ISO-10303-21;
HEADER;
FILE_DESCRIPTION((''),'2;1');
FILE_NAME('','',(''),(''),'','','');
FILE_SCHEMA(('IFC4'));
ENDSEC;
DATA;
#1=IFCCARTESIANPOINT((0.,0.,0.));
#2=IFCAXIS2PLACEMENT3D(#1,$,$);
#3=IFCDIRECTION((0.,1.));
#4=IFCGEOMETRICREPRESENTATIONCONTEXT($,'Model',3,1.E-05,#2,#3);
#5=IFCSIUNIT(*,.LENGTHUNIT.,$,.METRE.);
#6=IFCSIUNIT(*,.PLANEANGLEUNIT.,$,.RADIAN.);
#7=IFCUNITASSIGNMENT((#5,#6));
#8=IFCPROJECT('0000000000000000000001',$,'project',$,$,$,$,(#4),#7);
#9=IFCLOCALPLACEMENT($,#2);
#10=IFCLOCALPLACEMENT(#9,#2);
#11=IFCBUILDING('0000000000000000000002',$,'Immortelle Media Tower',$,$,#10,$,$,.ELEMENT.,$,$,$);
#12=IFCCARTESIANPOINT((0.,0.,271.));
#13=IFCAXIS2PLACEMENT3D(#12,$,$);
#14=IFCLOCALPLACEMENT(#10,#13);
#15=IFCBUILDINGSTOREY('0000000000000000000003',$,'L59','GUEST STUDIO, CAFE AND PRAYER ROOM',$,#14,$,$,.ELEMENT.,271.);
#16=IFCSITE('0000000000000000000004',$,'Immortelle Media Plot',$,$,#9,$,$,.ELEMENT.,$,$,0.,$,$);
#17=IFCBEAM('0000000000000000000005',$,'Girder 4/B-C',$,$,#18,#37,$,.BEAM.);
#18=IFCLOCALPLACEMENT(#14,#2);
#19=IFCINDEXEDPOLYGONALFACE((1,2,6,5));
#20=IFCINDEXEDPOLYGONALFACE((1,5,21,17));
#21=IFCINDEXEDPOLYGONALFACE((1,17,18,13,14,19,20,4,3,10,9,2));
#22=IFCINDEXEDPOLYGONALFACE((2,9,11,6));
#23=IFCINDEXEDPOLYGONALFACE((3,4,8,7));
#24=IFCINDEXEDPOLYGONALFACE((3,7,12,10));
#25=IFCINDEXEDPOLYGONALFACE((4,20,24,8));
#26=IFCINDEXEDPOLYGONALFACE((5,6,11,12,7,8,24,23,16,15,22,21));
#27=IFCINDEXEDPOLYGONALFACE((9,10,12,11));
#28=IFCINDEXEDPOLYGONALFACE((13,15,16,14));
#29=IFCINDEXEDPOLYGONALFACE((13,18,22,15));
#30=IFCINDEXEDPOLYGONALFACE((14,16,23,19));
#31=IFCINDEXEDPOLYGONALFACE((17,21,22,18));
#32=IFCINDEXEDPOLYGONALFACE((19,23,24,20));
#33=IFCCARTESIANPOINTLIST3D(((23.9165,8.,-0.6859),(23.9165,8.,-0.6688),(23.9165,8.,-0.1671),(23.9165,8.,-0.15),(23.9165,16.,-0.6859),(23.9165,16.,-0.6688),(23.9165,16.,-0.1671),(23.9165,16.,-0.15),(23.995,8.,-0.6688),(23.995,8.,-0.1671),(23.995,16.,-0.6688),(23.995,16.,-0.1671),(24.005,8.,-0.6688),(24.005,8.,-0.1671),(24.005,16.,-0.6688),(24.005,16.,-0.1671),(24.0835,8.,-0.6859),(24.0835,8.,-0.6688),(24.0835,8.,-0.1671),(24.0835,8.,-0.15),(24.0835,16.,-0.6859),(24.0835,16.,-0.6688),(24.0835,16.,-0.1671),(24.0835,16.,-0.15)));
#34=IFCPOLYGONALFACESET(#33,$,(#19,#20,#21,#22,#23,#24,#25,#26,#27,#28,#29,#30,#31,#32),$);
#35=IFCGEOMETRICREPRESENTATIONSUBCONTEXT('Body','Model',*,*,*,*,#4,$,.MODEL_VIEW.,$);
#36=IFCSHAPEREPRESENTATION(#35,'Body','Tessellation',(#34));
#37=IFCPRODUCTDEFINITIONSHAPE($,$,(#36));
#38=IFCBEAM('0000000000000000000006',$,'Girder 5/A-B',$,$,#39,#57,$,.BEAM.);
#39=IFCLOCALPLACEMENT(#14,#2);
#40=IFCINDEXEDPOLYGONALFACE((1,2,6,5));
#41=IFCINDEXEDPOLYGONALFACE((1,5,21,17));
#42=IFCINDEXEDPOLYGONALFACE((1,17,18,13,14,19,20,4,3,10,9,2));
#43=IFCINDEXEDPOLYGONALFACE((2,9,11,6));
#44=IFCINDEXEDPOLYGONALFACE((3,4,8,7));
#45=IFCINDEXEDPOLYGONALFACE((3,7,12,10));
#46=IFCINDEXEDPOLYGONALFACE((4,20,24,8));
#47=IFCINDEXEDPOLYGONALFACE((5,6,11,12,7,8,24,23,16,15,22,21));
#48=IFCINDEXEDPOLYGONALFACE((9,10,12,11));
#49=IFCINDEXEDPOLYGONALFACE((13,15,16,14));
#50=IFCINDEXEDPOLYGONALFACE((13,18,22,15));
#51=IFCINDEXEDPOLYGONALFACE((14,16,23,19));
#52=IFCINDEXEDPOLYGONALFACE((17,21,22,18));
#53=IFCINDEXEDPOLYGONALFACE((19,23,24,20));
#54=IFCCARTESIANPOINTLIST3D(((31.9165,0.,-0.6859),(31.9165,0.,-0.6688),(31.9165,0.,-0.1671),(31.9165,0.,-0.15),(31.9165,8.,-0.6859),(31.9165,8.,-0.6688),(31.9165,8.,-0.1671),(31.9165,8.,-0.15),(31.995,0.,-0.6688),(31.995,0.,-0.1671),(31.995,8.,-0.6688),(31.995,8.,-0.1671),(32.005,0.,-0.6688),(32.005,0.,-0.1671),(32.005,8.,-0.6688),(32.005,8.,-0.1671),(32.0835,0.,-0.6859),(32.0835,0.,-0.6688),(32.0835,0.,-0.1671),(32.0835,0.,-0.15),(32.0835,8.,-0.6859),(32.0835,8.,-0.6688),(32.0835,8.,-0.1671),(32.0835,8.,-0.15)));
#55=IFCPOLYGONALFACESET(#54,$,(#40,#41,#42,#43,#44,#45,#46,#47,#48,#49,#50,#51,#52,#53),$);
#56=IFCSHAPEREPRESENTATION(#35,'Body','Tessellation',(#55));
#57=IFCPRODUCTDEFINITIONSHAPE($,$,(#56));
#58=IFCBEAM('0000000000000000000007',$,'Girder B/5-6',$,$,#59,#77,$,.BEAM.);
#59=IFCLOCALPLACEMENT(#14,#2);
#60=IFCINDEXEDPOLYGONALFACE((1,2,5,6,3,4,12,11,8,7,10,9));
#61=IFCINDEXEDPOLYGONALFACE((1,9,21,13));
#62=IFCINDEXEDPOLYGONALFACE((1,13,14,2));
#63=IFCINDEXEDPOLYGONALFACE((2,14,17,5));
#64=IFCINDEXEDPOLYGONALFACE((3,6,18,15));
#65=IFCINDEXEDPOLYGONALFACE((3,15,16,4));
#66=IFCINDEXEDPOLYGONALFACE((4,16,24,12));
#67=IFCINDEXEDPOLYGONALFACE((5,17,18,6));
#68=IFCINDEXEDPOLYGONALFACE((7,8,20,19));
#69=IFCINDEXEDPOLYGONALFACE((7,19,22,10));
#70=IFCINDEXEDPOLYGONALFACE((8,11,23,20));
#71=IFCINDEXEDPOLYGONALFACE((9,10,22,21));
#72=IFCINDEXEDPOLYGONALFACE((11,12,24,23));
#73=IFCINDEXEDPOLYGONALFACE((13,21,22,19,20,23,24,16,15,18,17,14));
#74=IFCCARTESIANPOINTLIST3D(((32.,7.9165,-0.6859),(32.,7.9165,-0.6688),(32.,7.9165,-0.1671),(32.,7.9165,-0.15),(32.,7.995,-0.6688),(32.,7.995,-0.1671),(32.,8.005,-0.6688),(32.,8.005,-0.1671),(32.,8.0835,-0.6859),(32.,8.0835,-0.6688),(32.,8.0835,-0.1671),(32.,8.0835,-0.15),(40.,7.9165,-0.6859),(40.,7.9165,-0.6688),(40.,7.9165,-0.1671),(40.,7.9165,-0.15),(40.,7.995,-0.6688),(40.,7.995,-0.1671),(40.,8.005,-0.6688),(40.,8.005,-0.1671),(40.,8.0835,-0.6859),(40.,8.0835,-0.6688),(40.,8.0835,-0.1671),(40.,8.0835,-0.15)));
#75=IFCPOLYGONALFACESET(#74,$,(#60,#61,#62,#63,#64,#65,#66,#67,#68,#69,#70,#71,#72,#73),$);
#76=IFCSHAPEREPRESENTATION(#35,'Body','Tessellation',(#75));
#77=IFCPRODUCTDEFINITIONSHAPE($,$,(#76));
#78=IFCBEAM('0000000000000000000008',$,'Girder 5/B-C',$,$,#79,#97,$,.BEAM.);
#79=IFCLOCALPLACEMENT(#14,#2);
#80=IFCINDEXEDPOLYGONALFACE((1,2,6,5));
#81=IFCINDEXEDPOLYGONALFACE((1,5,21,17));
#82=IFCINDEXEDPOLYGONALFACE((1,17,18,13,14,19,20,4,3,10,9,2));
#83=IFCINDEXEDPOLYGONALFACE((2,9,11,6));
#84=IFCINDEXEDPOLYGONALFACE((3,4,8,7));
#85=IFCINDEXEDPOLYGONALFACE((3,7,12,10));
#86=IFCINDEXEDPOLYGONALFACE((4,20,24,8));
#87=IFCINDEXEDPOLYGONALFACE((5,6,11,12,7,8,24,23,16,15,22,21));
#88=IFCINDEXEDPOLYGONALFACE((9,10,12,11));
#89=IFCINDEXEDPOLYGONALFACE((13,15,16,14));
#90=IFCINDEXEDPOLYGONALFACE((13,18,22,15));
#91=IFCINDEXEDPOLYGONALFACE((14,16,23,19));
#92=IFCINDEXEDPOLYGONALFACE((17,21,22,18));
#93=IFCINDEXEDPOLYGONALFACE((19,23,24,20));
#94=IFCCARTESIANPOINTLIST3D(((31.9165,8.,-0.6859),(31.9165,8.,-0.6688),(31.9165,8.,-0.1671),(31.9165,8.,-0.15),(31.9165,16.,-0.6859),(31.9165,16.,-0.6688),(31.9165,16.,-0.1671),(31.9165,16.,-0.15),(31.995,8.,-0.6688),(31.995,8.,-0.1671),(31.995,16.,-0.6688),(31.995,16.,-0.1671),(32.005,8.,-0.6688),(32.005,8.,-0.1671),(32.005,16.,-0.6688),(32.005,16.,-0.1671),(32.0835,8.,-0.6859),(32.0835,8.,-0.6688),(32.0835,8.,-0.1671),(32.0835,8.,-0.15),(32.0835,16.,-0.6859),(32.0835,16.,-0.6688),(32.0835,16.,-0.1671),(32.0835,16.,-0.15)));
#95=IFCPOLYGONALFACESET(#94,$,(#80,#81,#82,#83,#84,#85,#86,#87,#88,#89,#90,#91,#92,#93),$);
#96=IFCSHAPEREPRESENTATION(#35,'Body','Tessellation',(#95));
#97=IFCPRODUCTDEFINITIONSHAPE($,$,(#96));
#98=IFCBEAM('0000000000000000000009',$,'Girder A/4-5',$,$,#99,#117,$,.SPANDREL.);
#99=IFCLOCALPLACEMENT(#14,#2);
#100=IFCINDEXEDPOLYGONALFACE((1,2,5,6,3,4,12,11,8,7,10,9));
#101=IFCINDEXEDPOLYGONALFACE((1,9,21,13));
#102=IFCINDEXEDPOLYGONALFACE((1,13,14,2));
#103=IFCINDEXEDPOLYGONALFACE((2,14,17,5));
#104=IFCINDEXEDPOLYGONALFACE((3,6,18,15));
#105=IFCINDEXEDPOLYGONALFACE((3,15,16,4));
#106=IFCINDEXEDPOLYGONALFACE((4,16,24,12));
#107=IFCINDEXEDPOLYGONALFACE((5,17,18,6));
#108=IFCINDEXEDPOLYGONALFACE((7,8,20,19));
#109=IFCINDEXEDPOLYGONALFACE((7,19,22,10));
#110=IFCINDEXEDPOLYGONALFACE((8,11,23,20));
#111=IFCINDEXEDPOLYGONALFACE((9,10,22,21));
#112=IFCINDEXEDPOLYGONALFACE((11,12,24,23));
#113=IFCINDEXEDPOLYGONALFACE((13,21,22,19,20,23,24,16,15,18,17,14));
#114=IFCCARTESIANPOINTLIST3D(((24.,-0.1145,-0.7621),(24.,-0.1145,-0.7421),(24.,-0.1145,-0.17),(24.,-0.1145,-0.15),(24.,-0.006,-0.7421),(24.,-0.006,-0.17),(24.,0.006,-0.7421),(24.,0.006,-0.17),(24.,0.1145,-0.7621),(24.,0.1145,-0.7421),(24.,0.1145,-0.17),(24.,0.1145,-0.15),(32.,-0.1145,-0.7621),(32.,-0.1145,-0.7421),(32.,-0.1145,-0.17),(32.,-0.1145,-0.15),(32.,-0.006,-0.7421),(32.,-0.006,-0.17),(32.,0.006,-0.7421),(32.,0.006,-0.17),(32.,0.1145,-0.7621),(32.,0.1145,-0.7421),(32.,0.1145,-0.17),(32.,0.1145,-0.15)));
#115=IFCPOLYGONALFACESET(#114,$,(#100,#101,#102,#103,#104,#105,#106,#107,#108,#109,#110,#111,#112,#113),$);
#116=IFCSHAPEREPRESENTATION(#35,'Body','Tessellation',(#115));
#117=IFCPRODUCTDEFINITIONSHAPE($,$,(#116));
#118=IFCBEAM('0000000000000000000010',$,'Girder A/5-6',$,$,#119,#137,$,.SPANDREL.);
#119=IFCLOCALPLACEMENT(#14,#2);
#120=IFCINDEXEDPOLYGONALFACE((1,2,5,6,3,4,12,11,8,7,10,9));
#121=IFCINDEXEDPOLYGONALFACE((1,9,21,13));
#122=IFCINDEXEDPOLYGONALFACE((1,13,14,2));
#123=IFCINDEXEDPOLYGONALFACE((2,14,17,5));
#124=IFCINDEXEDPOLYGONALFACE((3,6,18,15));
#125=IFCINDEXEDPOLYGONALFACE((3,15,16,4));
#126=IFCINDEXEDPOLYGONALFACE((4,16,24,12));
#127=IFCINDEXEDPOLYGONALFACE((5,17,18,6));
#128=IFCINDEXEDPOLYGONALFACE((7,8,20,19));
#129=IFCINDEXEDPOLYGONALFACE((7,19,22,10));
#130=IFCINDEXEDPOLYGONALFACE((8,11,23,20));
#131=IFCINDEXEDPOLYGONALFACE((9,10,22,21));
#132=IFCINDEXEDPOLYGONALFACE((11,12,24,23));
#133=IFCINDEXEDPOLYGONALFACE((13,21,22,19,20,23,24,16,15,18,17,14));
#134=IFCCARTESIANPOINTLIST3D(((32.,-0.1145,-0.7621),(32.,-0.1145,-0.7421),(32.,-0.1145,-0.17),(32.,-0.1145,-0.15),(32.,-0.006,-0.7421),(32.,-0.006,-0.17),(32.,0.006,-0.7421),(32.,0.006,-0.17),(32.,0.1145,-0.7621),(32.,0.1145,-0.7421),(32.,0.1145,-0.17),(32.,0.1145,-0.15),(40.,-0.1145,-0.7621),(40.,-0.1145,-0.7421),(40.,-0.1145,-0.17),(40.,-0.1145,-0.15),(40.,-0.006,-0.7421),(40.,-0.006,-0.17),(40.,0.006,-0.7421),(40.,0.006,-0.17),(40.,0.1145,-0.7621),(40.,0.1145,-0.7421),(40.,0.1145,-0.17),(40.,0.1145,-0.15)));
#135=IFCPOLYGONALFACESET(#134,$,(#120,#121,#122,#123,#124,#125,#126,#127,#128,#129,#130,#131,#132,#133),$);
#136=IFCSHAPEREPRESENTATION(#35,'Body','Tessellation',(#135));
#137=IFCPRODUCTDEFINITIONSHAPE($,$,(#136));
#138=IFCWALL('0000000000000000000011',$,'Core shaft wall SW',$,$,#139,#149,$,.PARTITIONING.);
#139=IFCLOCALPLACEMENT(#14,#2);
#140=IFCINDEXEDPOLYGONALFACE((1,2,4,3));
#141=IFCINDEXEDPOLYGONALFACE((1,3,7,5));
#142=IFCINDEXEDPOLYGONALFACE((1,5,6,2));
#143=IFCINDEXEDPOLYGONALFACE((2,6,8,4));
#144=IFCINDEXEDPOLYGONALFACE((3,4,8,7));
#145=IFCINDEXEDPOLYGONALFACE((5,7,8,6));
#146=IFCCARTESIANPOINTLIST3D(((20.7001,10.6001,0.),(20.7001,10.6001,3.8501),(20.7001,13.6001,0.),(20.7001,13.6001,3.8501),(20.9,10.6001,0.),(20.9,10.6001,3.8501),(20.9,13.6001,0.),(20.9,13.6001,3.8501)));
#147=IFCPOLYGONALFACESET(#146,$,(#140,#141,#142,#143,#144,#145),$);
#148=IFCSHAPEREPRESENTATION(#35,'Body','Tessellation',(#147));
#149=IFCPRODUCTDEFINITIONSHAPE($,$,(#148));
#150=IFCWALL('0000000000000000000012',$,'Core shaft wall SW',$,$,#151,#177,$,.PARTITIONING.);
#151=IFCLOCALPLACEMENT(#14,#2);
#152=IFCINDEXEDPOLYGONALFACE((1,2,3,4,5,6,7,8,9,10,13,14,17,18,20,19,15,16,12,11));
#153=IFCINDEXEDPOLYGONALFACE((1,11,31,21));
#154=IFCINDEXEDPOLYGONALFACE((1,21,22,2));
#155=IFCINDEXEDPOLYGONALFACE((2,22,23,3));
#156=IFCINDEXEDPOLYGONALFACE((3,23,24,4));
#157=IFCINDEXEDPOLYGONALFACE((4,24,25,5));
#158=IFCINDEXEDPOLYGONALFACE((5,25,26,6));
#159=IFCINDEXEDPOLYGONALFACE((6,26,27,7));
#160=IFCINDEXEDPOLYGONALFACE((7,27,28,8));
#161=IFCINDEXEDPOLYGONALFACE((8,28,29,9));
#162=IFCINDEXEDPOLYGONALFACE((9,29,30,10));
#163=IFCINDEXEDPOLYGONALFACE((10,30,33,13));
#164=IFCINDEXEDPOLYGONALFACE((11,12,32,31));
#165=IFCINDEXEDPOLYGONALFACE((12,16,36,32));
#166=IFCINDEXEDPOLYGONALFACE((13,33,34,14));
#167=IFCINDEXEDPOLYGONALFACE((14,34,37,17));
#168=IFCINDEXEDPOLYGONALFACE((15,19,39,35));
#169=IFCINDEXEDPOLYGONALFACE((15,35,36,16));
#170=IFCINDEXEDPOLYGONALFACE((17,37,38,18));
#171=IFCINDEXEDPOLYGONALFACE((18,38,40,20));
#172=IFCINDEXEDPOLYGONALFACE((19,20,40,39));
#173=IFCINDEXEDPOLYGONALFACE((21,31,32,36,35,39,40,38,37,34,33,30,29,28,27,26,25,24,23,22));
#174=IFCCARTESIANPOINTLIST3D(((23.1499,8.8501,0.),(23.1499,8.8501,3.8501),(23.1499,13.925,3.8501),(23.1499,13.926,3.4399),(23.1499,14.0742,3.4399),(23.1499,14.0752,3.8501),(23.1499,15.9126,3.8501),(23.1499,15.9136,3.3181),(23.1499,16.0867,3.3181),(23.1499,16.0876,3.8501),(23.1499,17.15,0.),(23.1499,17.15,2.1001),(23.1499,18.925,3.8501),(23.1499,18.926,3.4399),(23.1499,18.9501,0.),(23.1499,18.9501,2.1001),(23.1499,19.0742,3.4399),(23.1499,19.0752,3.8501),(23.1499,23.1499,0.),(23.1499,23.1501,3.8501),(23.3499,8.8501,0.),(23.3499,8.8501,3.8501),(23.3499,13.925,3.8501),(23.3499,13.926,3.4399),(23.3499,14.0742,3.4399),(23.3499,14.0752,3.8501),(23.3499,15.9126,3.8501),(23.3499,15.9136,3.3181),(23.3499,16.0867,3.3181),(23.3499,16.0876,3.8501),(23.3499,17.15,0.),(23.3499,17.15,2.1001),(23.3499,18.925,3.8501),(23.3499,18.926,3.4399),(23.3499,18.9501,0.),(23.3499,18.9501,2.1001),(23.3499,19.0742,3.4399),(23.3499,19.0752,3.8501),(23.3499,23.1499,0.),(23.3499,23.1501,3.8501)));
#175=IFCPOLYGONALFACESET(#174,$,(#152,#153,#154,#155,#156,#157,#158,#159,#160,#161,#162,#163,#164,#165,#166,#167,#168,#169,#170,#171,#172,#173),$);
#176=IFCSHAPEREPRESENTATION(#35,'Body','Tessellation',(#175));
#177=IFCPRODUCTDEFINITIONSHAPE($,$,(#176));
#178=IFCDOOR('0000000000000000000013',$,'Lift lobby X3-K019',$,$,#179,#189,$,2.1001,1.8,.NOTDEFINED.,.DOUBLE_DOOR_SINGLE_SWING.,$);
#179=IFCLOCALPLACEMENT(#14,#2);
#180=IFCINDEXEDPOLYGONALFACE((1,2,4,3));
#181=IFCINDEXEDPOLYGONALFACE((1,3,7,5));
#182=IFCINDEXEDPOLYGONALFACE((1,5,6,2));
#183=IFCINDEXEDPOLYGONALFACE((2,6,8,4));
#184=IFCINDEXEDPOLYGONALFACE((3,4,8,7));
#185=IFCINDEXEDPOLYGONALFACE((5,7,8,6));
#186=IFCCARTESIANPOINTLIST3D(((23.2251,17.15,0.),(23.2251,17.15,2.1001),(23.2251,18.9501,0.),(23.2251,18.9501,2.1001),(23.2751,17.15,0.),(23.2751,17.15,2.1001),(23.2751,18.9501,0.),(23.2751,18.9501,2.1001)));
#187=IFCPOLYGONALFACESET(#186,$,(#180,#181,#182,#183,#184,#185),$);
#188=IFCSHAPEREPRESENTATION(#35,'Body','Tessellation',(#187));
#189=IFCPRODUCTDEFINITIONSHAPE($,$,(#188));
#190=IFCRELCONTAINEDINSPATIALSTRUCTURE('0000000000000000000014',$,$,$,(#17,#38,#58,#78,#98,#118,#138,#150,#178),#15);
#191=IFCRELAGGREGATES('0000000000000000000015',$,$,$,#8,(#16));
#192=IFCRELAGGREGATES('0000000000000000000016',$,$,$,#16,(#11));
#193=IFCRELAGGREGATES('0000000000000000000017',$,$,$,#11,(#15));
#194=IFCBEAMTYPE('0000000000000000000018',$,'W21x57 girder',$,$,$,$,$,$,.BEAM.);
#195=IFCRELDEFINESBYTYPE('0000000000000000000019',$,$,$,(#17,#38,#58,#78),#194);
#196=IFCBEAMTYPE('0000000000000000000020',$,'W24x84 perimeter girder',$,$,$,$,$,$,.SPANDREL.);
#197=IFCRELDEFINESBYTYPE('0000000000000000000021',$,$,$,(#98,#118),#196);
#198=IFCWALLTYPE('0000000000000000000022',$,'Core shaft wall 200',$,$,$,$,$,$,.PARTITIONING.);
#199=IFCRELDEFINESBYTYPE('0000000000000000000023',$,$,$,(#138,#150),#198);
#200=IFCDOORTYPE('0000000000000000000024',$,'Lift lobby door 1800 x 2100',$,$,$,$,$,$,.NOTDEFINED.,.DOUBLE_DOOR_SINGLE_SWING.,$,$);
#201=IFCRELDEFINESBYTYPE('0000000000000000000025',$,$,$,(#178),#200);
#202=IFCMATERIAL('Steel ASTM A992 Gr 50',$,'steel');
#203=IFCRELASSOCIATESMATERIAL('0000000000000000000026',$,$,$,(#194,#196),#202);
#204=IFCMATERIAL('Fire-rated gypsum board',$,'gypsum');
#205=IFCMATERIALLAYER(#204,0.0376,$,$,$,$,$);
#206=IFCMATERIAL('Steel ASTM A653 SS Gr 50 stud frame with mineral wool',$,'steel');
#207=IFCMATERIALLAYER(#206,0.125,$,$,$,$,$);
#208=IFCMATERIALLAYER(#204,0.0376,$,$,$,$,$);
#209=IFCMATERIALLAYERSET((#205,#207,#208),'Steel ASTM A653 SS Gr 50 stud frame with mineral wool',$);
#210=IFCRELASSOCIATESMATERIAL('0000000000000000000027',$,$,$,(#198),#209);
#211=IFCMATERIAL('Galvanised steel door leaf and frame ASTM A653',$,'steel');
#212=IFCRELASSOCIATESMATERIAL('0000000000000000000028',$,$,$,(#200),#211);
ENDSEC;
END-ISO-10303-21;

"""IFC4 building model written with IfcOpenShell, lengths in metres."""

from ifc_helpers import new_model, si_unit, direction, frame, frame_2d, origin, origin_2d, place, context, subcontext, project, spatial, polyline, rectangle, i_section, outline, extrude, material, layer, layer_set, material_profile, profile_set, type_object, element, fill, save


model = new_model("IFC4")

# Units and contexts
model_context = context("Model", 3, precision=1e-05, world=origin(), true_north=direction((0.0, 1.0)))
body_context = subcontext(model_context, "Body", "Model", "MODEL_VIEW")
ifc_project = project(units=[si_unit("LENGTHUNIT", "METRE"), si_unit("PLANEANGLEUNIT", "RADIAN")], contexts=[model_context])

# Site, building, storey
site_placement = place(None, origin())
site = spatial("IfcSite", under=ifc_project, at=site_placement, Name="Immortelle Media Plot", CompositionType="ELEMENT", RefElevation=0.0)
building_placement = place(site_placement, origin())
building = spatial("IfcBuilding", under=site, at=building_placement, Name="Immortelle Media Tower", CompositionType="ELEMENT")
storey_placement = place(building_placement, frame((0.0, 0.0, 271.0)))
storey = spatial("IfcBuildingStorey", under=building, at=storey_placement, Name="L59", Description="GUEST STUDIO, CAFE AND PRAYER ROOM", CompositionType="ELEMENT", Elevation=271.0)

# Shared definitions
ifc_material_1 = material(Name="Steel ASTM A992 Gr 50", Category="steel")

# Beams
ifc_material_profile_1 = material_profile(ifc_material_1, i_section(OverallWidth=0.167, OverallDepth=0.5359, WebThickness=0.01, FlangeThickness=0.0171, at=origin_2d()), Name="W21x57")
ifc_profile_set_1 = profile_set([ifc_material_profile_1], Name="Steel ASTM A992 Gr 50")
beam_type_1 = type_object("IfcBeamType", Name="W21x57 girder", PredefinedType="BEAM", material=ifc_profile_set_1)
for number, where, z_axis, x_axis, name in (
    (1, (24.0, 8.0, -0.418), (0.0, 1.0, 0.0), (-1.0, 0.0, 0.0), "Girder 4/B-C"),
    (2, (32.0, 0.0, -0.418), (0.0, 1.0, 0.0), (-1.0, 0.0, 0.0), "Girder 5/A-B"),
    (3, (32.0, 8.0, -0.418), (1.0, 0.0, 0.0), (0.0, 1.0, 0.0), "Girder B/5-6"),
    (4, (32.0, 8.0, -0.418), (0.0, 1.0, 0.0), (-1.0, 0.0, 0.0), "Girder 5/B-C"),
):
    element("IfcBeam", number, at=place(storey_placement, frame(where, z_axis=z_axis, x_axis=x_axis)), inside=storey, type_object=beam_type_1, Name=name, PredefinedType="BEAM", context=body_context, shape_type="SweptSolid", body=[
        extrude(i_section(OverallWidth=0.167, OverallDepth=0.5359, WebThickness=0.01, FlangeThickness=0.0171, at=origin_2d()), origin(), (0.0, 0.0, 1.0), 8.0),
    ])
ifc_material_profile_2 = material_profile(ifc_material_1, i_section(OverallWidth=0.229, OverallDepth=0.6121, WebThickness=0.012, FlangeThickness=0.02, at=origin_2d()), Name="W24x84")
ifc_profile_set_2 = profile_set([ifc_material_profile_2], Name="Steel ASTM A992 Gr 50")
beam_type_2 = type_object("IfcBeamType", Name="W24x84 perimeter girder", PredefinedType="SPANDREL", material=ifc_profile_set_2)
for number, where, z_axis, x_axis, name in (
    (5, (24.0, 0.0, -0.4561), (1.0, 0.0, 0.0), (0.0, 1.0, 0.0), "Girder A/4-5"),
    (6, (32.0, 0.0, -0.4561), (1.0, 0.0, 0.0), (0.0, 1.0, 0.0), "Girder A/5-6"),
):
    element("IfcBeam", number, at=place(storey_placement, frame(where, z_axis=z_axis, x_axis=x_axis)), inside=storey, type_object=beam_type_2, Name=name, PredefinedType="SPANDREL", context=body_context, shape_type="SweptSolid", body=[
        extrude(i_section(OverallWidth=0.229, OverallDepth=0.6121, WebThickness=0.012, FlangeThickness=0.02, at=origin_2d()), origin(), (0.0, 0.0, 1.0), 8.0),
    ])

# Wall
ifc_material_2 = material(Name="Fire-rated gypsum board", Category="gypsum")
ifc_layer_1 = layer(ifc_material_2, 0.0376)
ifc_material_3 = material(Name="Steel ASTM A653 SS Gr 50 stud frame with mineral wool", Category="steel")
ifc_layer_2 = layer(ifc_material_3, 0.125)
ifc_layer_3 = layer(ifc_material_2, 0.0376)
ifc_layer_set_1 = layer_set([ifc_layer_1, ifc_layer_2, ifc_layer_3], Name="Steel ASTM A653 SS Gr 50 stud frame with mineral wool")
wall_type_1 = type_object("IfcWallType", Name="Core shaft wall 200", PredefinedType="PARTITIONING", material=ifc_layer_set_1)
wall_1_placement = place(storey_placement, frame((20.8, 10.6001, 0.0), z_axis=(0.0, 0.0, 1.0), x_axis=(0.0, 1.0, 0.0)))
element("IfcWall", 7, at=wall_1_placement, inside=storey, type_object=wall_type_1, Name="Core shaft wall SW", PredefinedType="PARTITIONING", context=body_context, shape_type="SweptSolid", body=[
    extrude(rectangle(XDim=3.0, YDim=0.2, at=frame_2d((1.5, 0.0))), origin(), (0.0, 0.0, 1.0), 3.8501),
])

# Wall, opening, door
wall_2_placement = place(storey_placement, frame((23.25, 8.8501, 0.0), z_axis=(0.0, 0.0, 1.0), x_axis=(0.0, 1.0, 0.0)))
wall_2 = element("IfcWall", 8, at=wall_2_placement, inside=storey, type_object=wall_type_1, Name="Core shaft wall SW", PredefinedType="PARTITIONING", context=body_context, shape_type="SweptSolid", body=[
    extrude(outline(polyline([(0.0, 0.0), (14.2998, 0.0), (14.3, 3.8501), (10.2251, 3.8501), (10.2241, 3.4399), (10.0759, 3.4399), (10.075, 3.8501), (7.2375, 3.8501), (7.2366, 3.3181), (7.0635, 3.3181), (7.0625, 3.8501), (5.2251, 3.8501), (5.2241, 3.4399), (5.0759, 3.4399), (5.075, 3.8501), (0.0, 3.8501), (0.0, 0.0)])), frame((0.0, 0.1001, 0.0), z_axis=(0.0, -1.0, 0.0), x_axis=(1.0, 0.0, 0.0)), (0.0, 0.0, 1.0), 0.2),
])
opening_1_placement = place(wall_2_placement, frame((8.3, 0.0, 0.0)))
opening_1 = element("IfcOpeningElement", 9, at=opening_1_placement, cuts=wall_2, PredefinedType="OPENING", context=body_context, shape_type="SweptSolid", body=[
    extrude(rectangle(XDim=1.8, YDim=2.1001, at=frame_2d((0.8999, 1.05))), frame((0.0, 0.1099, 0.0), z_axis=(0.0, -1.0, 0.0), x_axis=(1.0, 0.0, 0.0)), (0.0, 0.0, 1.0), 0.22),
])
ifc_material_4 = material(Name="Galvanised steel door leaf and frame ASTM A653", Category="steel")
door_type_1 = type_object("IfcDoorType", Name="Lift lobby door 1800 x 2100", OperationType="DOUBLE_DOOR_SINGLE_SWING", PredefinedType="NOTDEFINED", material=ifc_material_4)
door_1_placement = place(opening_1_placement, origin())
door_1 = element("IfcDoor", 10, at=door_1_placement, inside=storey, type_object=door_type_1, Name="Lift lobby X3-K019", OperationType="DOUBLE_DOOR_SINGLE_SWING", OverallHeight=2.1001, OverallWidth=1.8, PredefinedType="NOTDEFINED", context=body_context, shape_type="SweptSolid", body=[
    extrude(rectangle(XDim=1.8, YDim=2.1001, at=frame_2d((0.8999, 1.05))), frame((0.0, 0.0249, 0.0), z_axis=(0.0, -1.0, 0.0), x_axis=(1.0, 0.0, 0.0)), (0.0, 0.0, 1.0), 0.05),
])
fill(opening_1, door_1)

save(model, "model.ifc")
